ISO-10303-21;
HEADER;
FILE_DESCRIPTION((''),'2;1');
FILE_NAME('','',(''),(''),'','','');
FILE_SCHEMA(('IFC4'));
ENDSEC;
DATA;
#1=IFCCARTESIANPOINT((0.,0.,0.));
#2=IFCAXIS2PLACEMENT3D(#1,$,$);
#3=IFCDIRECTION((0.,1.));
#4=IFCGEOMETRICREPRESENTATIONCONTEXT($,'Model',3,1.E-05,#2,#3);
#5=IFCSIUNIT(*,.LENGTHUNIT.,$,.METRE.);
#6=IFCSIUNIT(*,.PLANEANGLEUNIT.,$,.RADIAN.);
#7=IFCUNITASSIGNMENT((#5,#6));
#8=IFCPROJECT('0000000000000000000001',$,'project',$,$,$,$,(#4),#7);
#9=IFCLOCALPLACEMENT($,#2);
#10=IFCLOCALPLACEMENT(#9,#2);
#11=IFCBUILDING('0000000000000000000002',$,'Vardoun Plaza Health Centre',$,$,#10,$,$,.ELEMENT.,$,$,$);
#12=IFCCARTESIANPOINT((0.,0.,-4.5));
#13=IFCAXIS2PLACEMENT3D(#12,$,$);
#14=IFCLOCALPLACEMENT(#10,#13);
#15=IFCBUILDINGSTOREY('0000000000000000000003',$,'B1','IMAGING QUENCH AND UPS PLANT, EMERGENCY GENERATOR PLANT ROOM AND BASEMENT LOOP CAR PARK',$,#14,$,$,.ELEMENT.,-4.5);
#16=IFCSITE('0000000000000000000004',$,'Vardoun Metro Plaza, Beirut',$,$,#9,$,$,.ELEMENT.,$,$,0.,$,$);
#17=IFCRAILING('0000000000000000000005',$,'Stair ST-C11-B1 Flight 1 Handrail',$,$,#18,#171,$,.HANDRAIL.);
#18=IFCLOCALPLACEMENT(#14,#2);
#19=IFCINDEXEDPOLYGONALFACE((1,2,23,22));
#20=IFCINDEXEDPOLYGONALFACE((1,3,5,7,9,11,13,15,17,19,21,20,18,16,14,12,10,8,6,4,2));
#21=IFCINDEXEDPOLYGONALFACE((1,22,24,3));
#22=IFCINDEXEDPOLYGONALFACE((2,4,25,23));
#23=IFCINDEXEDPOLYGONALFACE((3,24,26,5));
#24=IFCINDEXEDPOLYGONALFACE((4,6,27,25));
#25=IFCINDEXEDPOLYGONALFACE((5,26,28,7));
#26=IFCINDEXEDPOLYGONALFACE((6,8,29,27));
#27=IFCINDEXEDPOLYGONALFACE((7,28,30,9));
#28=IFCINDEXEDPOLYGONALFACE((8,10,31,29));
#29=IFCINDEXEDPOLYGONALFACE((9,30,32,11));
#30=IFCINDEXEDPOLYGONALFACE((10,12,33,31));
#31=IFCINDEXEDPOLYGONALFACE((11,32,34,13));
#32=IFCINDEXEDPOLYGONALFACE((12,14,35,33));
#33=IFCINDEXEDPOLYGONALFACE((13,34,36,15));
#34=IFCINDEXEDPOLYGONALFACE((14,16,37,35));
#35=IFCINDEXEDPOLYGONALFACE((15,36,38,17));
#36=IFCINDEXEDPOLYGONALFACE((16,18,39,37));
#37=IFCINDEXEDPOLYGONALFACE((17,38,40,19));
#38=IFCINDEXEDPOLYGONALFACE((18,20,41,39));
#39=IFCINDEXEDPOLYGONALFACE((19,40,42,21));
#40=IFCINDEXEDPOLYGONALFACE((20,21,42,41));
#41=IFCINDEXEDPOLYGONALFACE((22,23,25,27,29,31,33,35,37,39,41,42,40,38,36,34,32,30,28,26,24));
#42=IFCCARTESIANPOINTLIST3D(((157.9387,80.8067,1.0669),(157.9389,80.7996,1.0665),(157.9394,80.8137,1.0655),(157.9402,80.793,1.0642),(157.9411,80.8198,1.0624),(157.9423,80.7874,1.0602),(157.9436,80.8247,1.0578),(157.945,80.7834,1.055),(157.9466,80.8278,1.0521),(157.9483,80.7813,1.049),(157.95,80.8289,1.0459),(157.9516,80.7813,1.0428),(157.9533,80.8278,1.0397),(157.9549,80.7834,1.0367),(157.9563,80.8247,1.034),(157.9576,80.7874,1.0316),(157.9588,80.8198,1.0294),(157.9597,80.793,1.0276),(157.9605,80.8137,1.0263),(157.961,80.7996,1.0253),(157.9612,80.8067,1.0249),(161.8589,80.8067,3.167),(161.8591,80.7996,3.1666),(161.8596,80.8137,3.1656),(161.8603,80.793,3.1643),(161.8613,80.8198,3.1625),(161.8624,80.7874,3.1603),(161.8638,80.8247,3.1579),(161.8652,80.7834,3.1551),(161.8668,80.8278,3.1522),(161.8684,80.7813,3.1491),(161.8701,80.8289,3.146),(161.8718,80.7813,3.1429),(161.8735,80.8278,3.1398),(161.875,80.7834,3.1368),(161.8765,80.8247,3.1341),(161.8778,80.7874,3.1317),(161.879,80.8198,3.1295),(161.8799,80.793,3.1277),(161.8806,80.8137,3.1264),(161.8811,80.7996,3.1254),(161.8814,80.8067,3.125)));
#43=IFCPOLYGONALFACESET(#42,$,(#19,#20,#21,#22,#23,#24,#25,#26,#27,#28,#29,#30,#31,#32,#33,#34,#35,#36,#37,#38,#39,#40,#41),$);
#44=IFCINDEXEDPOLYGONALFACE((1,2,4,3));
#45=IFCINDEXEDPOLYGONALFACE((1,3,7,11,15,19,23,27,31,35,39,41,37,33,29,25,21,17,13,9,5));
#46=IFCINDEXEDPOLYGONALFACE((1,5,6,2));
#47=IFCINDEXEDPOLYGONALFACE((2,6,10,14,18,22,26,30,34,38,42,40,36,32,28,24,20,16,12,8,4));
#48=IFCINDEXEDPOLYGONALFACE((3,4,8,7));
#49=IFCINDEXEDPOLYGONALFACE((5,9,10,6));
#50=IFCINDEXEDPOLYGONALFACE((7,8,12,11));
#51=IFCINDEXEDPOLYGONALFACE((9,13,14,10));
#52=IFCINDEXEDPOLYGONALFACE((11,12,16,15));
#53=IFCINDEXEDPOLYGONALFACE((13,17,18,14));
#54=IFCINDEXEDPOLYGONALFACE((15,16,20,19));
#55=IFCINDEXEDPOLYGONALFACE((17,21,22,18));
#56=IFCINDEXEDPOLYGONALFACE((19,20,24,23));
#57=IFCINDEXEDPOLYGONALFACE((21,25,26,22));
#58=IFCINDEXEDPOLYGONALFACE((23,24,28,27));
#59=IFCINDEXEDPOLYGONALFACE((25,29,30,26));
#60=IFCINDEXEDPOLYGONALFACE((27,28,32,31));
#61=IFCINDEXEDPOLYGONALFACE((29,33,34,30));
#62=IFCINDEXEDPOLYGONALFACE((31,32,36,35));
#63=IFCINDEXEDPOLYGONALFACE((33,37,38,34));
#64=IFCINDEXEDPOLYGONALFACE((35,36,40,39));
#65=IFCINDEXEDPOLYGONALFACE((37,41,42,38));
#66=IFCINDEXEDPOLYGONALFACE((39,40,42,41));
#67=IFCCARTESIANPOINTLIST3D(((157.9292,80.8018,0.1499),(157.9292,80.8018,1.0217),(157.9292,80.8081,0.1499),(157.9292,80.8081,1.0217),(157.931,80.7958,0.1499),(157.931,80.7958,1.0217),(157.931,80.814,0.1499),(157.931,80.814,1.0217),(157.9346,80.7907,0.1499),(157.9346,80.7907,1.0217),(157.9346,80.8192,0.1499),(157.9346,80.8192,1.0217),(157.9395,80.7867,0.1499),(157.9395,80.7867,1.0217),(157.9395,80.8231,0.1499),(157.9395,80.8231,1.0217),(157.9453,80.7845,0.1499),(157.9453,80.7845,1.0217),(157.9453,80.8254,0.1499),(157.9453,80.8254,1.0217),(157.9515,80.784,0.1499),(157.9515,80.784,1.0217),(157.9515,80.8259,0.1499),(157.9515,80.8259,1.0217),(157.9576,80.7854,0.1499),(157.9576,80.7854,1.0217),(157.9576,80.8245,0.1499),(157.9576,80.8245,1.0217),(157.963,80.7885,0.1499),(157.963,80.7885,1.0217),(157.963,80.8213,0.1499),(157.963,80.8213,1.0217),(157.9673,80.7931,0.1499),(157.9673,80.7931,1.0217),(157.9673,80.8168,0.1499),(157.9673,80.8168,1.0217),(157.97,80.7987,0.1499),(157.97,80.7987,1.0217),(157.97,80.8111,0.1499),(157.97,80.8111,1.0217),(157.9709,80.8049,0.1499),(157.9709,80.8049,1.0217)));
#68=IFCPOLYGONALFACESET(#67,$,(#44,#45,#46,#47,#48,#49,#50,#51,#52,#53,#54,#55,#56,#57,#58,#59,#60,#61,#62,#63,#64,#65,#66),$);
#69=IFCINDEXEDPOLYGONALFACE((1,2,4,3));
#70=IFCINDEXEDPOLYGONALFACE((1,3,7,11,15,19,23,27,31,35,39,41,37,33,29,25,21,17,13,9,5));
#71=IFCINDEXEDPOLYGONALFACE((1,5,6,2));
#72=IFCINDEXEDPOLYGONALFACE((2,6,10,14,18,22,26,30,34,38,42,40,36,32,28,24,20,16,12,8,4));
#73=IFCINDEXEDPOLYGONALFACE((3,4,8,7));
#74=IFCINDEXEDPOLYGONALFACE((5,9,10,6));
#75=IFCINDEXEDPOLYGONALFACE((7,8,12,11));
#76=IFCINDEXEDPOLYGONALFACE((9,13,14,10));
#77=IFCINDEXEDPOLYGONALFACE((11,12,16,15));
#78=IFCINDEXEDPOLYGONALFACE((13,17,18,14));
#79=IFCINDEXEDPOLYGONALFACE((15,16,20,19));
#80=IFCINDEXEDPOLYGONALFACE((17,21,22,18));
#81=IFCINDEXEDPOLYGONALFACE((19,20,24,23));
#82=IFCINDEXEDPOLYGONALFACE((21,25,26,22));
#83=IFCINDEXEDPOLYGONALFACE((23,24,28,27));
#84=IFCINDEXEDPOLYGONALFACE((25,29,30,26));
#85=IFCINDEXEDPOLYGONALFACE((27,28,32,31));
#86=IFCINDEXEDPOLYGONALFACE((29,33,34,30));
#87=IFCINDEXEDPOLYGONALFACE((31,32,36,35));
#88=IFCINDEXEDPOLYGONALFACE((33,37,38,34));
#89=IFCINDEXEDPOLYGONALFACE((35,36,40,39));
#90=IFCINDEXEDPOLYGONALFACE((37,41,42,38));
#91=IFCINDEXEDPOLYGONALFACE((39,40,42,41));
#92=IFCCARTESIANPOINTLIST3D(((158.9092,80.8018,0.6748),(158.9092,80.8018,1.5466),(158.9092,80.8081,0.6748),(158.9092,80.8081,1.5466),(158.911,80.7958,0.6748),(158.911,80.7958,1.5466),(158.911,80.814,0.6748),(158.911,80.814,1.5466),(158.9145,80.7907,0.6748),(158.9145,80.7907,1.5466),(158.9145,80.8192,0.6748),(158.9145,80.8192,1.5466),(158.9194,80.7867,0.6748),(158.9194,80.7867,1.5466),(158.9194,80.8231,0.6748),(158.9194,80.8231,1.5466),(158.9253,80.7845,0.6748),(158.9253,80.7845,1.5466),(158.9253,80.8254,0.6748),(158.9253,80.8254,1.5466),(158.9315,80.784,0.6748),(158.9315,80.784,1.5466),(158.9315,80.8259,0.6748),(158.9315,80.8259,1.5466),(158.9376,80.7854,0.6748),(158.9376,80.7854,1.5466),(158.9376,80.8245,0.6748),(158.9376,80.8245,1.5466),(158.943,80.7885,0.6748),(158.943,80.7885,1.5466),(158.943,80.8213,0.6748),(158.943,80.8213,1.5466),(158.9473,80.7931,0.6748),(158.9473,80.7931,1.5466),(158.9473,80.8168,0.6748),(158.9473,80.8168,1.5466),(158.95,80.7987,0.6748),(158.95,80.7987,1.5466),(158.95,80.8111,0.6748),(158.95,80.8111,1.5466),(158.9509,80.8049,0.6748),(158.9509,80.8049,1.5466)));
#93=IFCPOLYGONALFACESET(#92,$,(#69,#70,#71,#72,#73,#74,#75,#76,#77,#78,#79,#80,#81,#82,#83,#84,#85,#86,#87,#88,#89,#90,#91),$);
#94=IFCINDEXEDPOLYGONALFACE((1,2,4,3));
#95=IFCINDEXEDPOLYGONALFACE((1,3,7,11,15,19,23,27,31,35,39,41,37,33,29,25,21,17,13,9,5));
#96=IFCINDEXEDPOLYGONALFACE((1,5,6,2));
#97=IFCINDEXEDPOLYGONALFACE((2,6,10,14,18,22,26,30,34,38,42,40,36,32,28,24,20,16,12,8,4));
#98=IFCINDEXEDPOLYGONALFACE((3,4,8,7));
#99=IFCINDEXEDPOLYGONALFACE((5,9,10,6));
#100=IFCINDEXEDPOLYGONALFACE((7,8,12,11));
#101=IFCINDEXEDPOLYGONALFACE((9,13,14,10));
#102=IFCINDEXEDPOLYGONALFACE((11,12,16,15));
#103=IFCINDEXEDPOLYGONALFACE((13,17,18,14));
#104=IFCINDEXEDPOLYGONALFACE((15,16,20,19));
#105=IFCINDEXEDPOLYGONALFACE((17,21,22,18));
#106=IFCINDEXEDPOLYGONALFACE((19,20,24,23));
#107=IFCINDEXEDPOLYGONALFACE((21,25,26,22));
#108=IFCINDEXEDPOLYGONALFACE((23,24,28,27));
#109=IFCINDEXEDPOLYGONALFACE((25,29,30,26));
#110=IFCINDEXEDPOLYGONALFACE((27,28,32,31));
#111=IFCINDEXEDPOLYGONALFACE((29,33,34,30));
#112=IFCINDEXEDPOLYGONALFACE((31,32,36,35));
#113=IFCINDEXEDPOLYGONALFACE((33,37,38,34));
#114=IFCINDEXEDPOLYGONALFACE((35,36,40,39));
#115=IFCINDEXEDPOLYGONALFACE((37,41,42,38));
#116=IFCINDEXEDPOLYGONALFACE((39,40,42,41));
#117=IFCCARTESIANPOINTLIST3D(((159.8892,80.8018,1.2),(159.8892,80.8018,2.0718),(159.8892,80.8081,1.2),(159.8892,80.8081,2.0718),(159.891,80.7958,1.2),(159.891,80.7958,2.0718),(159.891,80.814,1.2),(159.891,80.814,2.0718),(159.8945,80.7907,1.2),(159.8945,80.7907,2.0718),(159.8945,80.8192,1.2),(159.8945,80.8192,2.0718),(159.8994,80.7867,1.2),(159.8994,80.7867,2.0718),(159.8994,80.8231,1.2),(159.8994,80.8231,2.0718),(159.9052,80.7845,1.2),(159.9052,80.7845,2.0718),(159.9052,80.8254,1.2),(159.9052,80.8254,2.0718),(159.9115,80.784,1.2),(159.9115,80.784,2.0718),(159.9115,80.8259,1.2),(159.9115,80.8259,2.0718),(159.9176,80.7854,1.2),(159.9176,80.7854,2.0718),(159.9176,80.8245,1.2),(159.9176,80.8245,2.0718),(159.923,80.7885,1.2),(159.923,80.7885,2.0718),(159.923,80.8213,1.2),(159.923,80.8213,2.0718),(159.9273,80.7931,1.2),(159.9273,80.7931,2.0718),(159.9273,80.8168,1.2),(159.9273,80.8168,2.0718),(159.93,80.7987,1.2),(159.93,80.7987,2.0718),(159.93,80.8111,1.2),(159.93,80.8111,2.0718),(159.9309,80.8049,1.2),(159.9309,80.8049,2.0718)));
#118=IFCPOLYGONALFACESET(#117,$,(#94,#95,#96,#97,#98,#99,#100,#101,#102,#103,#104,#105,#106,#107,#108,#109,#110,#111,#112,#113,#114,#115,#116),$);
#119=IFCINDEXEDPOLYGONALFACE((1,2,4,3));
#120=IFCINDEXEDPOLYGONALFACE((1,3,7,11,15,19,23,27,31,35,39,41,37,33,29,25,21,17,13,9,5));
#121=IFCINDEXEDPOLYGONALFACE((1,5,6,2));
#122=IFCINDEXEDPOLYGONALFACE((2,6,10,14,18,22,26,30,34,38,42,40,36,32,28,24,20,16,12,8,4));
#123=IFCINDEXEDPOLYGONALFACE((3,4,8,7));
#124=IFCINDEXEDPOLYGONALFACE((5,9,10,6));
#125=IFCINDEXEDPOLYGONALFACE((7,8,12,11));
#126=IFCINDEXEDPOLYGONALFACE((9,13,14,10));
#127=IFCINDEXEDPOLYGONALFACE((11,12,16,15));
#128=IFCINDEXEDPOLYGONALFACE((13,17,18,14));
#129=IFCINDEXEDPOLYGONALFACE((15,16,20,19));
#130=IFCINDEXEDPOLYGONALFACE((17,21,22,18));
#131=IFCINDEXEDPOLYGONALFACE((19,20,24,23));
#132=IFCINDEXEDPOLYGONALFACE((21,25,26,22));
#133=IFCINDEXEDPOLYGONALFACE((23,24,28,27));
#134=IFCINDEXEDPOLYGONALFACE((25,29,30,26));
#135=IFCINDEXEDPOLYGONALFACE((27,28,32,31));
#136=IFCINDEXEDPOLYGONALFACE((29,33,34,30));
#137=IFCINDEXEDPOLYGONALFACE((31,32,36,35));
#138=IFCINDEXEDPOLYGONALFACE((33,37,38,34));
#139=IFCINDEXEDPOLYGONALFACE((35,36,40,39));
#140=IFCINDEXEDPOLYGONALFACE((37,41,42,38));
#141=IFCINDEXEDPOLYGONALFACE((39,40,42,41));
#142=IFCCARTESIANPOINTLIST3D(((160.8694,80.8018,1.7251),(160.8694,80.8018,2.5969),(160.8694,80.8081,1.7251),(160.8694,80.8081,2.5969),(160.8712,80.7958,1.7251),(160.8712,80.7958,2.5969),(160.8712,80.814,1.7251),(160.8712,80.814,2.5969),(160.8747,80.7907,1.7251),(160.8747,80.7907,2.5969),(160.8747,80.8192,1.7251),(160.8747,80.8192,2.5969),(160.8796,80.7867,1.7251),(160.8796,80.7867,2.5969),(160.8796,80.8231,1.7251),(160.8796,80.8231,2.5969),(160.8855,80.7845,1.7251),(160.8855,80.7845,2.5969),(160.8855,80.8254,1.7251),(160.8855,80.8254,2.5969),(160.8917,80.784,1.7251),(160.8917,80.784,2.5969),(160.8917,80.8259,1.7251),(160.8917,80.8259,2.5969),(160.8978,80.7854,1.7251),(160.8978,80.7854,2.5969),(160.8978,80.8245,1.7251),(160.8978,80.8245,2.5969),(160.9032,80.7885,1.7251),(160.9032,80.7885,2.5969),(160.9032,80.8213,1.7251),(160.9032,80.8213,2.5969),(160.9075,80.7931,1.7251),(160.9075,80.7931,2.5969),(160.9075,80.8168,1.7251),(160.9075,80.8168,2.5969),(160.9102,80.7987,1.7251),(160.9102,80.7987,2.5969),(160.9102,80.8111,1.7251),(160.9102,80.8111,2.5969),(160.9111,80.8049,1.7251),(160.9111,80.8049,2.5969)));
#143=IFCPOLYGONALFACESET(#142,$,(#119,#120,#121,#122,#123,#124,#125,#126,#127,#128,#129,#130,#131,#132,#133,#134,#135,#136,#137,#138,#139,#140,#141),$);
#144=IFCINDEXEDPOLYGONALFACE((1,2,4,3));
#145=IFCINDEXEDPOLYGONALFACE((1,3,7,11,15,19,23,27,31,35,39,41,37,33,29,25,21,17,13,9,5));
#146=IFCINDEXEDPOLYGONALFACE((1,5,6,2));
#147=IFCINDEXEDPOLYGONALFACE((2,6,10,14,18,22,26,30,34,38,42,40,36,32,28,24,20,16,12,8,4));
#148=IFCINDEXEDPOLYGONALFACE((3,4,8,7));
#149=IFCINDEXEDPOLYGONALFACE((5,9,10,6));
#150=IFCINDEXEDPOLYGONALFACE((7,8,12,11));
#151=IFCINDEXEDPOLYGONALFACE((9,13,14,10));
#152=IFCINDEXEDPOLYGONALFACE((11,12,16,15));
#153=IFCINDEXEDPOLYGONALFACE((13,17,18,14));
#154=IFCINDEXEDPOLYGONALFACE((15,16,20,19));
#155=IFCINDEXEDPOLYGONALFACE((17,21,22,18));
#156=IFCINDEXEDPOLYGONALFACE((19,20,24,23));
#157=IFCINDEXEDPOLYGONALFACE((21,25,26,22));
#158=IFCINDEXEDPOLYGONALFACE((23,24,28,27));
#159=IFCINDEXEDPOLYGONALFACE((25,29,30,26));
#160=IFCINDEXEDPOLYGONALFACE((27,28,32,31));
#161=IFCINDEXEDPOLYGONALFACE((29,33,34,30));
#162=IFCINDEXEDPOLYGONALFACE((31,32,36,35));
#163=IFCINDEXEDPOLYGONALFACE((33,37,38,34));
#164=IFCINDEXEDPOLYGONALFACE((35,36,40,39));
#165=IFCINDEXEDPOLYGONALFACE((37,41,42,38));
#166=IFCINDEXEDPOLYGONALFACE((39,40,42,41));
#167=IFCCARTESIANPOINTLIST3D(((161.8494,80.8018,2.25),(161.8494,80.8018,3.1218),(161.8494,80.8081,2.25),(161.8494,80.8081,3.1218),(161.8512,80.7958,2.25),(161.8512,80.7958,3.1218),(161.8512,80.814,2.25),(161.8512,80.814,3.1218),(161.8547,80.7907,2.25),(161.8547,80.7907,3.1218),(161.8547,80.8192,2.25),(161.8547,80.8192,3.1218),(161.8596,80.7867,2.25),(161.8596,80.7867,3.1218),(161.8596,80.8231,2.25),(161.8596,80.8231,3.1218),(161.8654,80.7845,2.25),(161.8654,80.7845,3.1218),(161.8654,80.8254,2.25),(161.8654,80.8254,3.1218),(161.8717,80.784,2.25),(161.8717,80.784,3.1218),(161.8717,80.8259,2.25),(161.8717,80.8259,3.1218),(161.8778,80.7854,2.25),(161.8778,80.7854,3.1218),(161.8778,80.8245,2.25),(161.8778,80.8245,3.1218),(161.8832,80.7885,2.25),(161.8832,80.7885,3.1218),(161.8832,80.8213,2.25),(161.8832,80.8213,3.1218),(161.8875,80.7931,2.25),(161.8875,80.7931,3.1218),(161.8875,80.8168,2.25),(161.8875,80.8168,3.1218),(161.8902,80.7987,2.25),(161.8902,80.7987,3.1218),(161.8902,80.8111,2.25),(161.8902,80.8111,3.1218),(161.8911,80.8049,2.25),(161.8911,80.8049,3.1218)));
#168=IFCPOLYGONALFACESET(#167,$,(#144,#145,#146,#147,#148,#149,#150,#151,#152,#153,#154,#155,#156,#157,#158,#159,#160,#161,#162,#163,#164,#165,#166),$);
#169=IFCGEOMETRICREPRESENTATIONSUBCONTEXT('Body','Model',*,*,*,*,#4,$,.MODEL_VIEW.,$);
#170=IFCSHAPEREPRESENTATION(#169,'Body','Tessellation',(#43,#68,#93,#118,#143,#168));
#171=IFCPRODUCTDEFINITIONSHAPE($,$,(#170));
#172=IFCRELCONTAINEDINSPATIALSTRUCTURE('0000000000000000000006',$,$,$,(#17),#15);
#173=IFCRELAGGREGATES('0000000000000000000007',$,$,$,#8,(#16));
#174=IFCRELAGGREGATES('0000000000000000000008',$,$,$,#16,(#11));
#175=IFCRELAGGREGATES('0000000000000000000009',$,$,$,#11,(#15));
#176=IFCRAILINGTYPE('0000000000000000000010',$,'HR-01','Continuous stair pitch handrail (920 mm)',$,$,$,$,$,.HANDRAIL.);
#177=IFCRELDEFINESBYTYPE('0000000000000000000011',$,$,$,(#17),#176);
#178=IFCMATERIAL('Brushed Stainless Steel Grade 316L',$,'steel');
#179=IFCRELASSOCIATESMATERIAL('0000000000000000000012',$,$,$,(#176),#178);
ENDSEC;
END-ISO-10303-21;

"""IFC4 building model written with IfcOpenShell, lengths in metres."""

from ifc_helpers import new_model, si_unit, direction, frame, origin, origin_2d, place, context, subcontext, project, spatial, circle, extrude, material, type_object, element, save


model = new_model("IFC4")

# Units and contexts
model_context = context("Model", 3, precision=1e-05, world=origin(), true_north=direction((0.0, 1.0)))
body_context = subcontext(model_context, "Body", "Model", "MODEL_VIEW")
ifc_project = project(units=[si_unit("LENGTHUNIT", "METRE"), si_unit("PLANEANGLEUNIT", "RADIAN")], contexts=[model_context])

# Site, building, storey
site_placement = place(None, origin())
site = spatial("IfcSite", under=ifc_project, at=site_placement, Name="Vardoun Metro Plaza, Beirut", CompositionType="ELEMENT", RefElevation=0.0)
building_placement = place(site_placement, origin())
building = spatial("IfcBuilding", under=site, at=building_placement, Name="Vardoun Plaza Health Centre", CompositionType="ELEMENT")
storey_placement = place(building_placement, frame((0.0, 0.0, -4.5)))
storey = spatial("IfcBuildingStorey", under=building, at=storey_placement, Name="B1", Description="IMAGING QUENCH AND UPS PLANT, EMERGENCY GENERATOR PLANT ROOM AND BASEMENT LOOP CAR PARK", CompositionType="ELEMENT", Elevation=-4.5)

# Railing
ifc_material_1 = material(Name="Brushed Stainless Steel Grade 316L", Category="steel")
railing_type_1 = type_object("IfcRailingType", Name="HR-01", Description="Continuous stair pitch handrail (920 mm)", PredefinedType="HANDRAIL", material=ifc_material_1)
railing_1_placement = place(storey_placement, frame((157.95, 80.8049, 0.1499)))
element("IfcRailing", 1, at=railing_1_placement, inside=storey, type_object=railing_type_1, Name="Stair ST-C11-B1 Flight 1 Handrail", PredefinedType="HANDRAIL", context=body_context, shape_type="SweptSolid", body=[
    extrude(circle(Radius=0.0239, at=origin_2d()), frame((0.0, 0.0, 0.896), z_axis=(0.881479, 0.0, 0.472223), x_axis=(0.0, 1.0, 0.0)), (0.0, 0.0, 1.0), 4.4473),
    extrude(circle(Radius=0.021, at=origin_2d()), origin(), (0.0, 0.0, 1.0), 0.8718),
    extrude(circle(Radius=0.021, at=origin_2d()), frame((0.98, 0.0, 0.5249)), (0.0, 0.0, 1.0), 0.8718),
    extrude(circle(Radius=0.021, at=origin_2d()), frame((1.96, 0.0, 1.05)), (0.0, 0.0, 1.0), 0.8718),
    extrude(circle(Radius=0.021, at=origin_2d()), frame((2.9402, 0.0, 1.5752)), (0.0, 0.0, 1.0), 0.8718),
    extrude(circle(Radius=0.021, at=origin_2d()), frame((3.9202, 0.0, 2.1001)), (0.0, 0.0, 1.0), 0.8718),
])

save(model, "model.ifc")
